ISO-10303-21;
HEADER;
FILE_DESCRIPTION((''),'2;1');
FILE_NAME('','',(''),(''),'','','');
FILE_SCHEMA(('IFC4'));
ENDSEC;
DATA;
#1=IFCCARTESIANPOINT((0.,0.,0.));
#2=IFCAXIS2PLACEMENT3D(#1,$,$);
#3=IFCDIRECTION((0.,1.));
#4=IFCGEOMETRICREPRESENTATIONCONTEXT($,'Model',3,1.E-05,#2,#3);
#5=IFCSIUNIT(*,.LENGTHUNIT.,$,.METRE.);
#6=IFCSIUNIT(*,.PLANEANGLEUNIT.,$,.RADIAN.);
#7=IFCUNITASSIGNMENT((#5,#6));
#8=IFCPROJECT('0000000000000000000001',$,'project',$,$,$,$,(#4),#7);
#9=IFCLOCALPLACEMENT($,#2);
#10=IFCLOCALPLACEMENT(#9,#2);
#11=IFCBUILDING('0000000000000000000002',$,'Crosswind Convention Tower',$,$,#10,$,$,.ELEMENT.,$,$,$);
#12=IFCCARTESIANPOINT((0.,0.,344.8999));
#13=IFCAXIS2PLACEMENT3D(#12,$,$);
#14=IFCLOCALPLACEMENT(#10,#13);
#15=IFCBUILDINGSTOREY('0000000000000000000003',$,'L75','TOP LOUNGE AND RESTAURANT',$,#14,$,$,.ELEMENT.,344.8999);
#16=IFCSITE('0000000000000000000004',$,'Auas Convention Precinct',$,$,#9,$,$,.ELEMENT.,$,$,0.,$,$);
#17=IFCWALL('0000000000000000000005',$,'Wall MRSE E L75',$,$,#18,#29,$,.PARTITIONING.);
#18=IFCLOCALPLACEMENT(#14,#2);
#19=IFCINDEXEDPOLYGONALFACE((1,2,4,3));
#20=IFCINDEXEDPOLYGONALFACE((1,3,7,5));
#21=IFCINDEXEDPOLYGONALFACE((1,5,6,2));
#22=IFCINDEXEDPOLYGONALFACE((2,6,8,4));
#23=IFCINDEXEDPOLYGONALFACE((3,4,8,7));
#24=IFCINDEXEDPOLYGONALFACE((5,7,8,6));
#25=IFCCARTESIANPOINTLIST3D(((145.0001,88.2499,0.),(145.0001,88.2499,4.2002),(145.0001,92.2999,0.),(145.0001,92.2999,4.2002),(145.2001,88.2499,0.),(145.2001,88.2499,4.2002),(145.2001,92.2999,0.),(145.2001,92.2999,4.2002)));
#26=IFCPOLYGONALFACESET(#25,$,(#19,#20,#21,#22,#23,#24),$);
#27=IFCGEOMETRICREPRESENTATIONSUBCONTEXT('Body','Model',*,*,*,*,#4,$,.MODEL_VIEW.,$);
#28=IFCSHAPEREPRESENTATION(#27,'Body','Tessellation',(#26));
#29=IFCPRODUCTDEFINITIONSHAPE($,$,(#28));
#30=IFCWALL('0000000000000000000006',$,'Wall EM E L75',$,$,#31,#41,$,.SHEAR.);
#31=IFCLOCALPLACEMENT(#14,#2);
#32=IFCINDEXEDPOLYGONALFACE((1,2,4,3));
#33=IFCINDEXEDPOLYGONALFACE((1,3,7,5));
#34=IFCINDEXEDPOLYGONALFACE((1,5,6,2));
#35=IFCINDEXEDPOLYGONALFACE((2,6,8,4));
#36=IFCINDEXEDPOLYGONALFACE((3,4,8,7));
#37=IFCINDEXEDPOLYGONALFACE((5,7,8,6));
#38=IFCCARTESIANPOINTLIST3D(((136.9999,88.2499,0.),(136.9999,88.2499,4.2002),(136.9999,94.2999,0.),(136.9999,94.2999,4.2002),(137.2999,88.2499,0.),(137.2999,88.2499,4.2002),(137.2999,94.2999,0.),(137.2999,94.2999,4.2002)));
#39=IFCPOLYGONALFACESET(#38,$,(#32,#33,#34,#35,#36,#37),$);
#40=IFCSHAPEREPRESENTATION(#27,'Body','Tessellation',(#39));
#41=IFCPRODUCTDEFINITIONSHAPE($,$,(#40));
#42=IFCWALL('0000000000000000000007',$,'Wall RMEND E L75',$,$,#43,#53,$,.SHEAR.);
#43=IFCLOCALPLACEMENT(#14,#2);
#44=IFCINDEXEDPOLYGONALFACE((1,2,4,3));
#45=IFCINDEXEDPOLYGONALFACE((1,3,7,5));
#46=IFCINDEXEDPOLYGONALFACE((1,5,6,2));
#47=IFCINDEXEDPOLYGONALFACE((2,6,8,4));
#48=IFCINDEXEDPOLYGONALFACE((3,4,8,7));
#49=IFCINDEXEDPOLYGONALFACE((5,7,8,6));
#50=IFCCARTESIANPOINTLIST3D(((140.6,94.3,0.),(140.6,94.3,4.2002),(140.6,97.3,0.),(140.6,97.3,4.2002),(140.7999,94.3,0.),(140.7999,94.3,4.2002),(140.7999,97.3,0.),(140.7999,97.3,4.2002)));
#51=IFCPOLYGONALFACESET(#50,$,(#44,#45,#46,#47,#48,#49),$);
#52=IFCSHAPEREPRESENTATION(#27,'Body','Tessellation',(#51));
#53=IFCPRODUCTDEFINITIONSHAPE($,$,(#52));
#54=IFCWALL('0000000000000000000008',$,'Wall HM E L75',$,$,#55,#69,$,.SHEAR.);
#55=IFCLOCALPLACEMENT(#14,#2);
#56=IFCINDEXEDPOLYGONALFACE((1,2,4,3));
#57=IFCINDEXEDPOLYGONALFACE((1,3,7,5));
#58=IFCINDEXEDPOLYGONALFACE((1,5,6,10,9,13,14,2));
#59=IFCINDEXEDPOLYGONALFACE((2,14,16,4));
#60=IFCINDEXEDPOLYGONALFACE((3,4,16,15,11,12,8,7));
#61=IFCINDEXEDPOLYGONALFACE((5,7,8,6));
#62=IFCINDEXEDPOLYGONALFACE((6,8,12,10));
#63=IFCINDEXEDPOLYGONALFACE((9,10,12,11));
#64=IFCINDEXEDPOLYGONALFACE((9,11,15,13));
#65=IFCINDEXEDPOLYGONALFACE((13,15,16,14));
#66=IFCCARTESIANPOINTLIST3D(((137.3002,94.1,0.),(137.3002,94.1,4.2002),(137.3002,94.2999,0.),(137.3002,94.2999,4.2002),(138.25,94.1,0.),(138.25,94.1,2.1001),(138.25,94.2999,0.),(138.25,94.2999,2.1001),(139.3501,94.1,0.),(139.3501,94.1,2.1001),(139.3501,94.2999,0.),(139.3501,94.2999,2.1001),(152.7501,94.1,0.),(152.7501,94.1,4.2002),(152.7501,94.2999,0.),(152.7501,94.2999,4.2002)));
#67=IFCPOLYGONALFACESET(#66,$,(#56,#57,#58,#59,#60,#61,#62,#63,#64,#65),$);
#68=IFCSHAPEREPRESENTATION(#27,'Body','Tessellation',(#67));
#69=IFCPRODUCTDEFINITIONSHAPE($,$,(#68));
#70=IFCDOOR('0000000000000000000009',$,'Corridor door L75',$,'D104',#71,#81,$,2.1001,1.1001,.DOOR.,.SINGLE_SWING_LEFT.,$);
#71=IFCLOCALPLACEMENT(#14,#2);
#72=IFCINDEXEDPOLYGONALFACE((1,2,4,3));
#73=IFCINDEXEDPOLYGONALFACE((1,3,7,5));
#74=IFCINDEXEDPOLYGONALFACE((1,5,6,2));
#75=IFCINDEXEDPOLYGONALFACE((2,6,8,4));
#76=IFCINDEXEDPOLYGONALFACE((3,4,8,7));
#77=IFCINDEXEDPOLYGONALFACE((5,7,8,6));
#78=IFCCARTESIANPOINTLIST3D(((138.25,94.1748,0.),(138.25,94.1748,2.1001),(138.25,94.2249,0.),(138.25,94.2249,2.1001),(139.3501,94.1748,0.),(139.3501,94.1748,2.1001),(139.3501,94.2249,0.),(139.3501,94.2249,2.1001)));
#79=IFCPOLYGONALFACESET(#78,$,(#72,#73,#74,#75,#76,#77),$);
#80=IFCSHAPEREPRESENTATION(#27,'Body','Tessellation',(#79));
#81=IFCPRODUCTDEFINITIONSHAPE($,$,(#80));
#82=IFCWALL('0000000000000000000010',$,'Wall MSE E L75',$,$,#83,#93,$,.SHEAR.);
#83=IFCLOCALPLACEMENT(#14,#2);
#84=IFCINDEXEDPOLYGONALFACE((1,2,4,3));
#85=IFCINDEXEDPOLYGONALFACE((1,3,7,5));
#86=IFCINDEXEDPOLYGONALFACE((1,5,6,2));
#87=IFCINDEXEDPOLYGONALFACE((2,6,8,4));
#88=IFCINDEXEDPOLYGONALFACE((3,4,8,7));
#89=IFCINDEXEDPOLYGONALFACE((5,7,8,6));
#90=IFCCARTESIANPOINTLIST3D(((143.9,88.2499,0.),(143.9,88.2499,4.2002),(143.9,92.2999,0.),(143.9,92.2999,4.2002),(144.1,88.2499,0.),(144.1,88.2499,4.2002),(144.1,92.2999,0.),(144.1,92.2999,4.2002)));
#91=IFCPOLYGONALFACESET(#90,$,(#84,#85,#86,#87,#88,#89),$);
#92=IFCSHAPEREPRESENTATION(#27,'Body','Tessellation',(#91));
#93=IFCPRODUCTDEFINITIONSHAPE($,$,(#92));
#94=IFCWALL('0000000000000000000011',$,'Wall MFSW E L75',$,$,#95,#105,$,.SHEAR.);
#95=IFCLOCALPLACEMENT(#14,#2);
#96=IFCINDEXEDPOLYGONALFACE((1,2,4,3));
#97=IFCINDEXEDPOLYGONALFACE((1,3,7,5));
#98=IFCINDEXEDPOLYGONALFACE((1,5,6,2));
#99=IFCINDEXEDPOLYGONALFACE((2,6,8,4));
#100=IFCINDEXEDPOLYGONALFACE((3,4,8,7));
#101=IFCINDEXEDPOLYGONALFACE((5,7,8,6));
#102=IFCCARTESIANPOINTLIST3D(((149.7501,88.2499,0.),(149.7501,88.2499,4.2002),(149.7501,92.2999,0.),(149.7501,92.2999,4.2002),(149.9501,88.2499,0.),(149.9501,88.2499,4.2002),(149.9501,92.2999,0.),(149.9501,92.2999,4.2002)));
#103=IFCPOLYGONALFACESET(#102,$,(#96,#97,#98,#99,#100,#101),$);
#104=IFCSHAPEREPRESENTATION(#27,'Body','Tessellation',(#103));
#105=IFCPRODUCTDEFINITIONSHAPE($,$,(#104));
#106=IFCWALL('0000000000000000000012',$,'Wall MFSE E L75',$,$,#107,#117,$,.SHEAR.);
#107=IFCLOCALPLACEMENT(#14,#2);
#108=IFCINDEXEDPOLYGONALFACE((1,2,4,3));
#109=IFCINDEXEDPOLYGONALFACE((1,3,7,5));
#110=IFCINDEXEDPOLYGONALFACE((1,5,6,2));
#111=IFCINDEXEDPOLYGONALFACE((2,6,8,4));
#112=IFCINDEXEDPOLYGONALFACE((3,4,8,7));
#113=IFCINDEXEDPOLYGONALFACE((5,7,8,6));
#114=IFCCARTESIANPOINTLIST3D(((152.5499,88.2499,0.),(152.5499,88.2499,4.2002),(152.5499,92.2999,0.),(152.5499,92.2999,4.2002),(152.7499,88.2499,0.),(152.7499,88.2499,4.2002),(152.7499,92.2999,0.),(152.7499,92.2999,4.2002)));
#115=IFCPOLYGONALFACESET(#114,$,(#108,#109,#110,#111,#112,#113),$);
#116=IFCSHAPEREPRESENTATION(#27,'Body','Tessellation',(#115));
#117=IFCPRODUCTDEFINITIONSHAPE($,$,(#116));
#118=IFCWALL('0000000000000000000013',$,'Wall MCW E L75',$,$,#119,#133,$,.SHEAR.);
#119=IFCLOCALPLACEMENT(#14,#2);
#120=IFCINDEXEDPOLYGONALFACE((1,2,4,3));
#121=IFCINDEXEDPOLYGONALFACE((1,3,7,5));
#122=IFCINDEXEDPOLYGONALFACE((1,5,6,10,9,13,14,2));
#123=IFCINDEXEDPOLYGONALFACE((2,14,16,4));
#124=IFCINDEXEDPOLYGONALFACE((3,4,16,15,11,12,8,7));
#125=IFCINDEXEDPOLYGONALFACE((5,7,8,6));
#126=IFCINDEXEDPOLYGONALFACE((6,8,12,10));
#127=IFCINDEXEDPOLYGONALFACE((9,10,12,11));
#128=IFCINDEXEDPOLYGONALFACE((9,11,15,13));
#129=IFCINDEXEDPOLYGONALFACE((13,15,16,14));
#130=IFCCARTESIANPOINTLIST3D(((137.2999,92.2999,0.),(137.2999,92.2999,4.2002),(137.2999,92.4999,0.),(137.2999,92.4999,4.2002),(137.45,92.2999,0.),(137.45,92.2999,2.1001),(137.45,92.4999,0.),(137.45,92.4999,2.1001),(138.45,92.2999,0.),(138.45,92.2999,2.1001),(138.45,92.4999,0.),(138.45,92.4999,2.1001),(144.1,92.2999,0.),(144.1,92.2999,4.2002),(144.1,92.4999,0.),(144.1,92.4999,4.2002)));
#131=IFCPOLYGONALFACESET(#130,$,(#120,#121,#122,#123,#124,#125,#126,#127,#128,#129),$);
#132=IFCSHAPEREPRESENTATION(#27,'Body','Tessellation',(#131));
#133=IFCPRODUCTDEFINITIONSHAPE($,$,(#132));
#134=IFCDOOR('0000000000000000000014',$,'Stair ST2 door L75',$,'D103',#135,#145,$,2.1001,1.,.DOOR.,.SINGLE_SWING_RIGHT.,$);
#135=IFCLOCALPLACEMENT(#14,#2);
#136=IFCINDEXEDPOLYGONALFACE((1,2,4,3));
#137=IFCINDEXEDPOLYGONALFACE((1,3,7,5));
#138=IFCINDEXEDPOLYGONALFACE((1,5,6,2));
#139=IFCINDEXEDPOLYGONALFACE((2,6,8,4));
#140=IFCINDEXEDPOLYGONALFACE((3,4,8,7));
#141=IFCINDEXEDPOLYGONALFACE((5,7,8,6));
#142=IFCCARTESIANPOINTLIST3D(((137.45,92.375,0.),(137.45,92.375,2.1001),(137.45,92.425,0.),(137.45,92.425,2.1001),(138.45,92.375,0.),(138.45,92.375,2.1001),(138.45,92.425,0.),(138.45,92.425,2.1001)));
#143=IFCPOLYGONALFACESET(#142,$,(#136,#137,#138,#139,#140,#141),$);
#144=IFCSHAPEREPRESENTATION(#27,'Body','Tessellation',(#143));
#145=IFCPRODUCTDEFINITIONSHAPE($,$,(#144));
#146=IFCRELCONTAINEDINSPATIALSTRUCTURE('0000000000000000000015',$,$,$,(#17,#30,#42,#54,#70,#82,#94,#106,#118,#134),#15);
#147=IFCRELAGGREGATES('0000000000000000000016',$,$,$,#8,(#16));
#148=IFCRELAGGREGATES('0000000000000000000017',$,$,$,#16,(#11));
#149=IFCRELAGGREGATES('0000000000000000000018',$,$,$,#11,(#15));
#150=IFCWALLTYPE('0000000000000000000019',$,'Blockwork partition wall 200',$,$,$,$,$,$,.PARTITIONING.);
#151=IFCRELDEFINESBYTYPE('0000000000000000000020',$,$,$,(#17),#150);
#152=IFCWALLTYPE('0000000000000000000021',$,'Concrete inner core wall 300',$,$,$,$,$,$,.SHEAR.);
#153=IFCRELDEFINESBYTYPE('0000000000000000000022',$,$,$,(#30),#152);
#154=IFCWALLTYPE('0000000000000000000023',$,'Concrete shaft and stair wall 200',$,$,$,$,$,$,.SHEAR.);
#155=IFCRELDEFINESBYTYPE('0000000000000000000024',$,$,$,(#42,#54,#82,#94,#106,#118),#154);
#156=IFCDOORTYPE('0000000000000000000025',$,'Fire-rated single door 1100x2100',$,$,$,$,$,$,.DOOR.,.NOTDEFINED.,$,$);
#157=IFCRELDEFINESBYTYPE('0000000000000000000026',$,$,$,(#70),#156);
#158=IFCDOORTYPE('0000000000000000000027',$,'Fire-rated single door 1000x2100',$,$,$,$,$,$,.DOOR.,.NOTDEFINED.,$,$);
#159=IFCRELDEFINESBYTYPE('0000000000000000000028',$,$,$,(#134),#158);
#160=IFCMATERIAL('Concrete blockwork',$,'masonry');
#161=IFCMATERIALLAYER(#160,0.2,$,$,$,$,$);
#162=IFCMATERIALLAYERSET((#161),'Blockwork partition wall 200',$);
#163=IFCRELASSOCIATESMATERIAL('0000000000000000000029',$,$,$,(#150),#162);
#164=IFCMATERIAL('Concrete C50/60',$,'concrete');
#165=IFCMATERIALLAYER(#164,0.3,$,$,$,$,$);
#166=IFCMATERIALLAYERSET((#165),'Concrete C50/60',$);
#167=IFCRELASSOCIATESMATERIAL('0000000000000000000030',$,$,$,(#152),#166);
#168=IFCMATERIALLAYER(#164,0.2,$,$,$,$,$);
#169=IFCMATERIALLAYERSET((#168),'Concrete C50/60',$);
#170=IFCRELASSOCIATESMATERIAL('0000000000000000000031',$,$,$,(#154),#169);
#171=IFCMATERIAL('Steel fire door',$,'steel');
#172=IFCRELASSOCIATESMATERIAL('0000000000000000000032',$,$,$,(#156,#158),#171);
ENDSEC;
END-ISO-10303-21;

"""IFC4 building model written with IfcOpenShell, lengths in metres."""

from ifc_helpers import new_model, si_unit, direction, frame, frame_2d, origin, place, context, subcontext, project, spatial, rectangle, extrude, material, layer, layer_set, type_object, element, fill, save


model = new_model("IFC4")

# Units and contexts
model_context = context("Model", 3, precision=1e-05, world=origin(), true_north=direction((0.0, 1.0)))
body_context = subcontext(model_context, "Body", "Model", "MODEL_VIEW")
ifc_project = project(units=[si_unit("LENGTHUNIT", "METRE"), si_unit("PLANEANGLEUNIT", "RADIAN")], contexts=[model_context])

# Site, building, storey
site_placement = place(None, origin())
site = spatial("IfcSite", under=ifc_project, at=site_placement, Name="Auas Convention Precinct", CompositionType="ELEMENT", RefElevation=0.0)
building_placement = place(site_placement, origin())
building = spatial("IfcBuilding", under=site, at=building_placement, Name="Crosswind Convention Tower", CompositionType="ELEMENT")
storey_placement = place(building_placement, frame((0.0, 0.0, 344.8999)))
storey = spatial("IfcBuildingStorey", under=building, at=storey_placement, Name="L75", Description="TOP LOUNGE AND RESTAURANT", CompositionType="ELEMENT", Elevation=344.8999)

# Wall
ifc_material_1 = material(Name="Concrete blockwork", Category="masonry")
ifc_layer_1 = layer(ifc_material_1, 0.2)
ifc_layer_set_1 = layer_set([ifc_layer_1], Name="Blockwork partition wall 200")
wall_type_1 = type_object("IfcWallType", Name="Blockwork partition wall 200", PredefinedType="PARTITIONING", material=ifc_layer_set_1)
wall_1_placement = place(storey_placement, frame((145.1001, 88.25, 0.0), z_axis=(0.0, 0.0, 1.0), x_axis=(0.0, 1.0, 0.0)))
element("IfcWall", 1, at=wall_1_placement, inside=storey, type_object=wall_type_1, Name="Wall MRSE E L75", PredefinedType="PARTITIONING", context=body_context, shape_type="SweptSolid", body=[
    extrude(rectangle(XDim=4.05, YDim=0.2, at=frame_2d((2.0249, 0.0))), origin(), (0.0, 0.0, 1.0), 4.2002),
])

# Shared definitions
ifc_material_2 = material(Name="Concrete C50/60", Category="concrete")
ifc_layer_2 = layer(ifc_material_2, 0.3)
ifc_layer_set_2 = layer_set([ifc_layer_2], Name="Concrete C50/60")
wall_type_2 = type_object("IfcWallType", Name="Concrete inner core wall 300", PredefinedType="SHEAR", material=ifc_layer_set_2)

# Walls
wall_2_placement = place(storey_placement, frame((137.1499, 88.25, 0.0), z_axis=(0.0, 0.0, 1.0), x_axis=(0.0, 1.0, 0.0)))
element("IfcWall", 2, at=wall_2_placement, inside=storey, type_object=wall_type_2, Name="Wall EM E L75", PredefinedType="SHEAR", context=body_context, shape_type="SweptSolid", body=[
    extrude(rectangle(XDim=6.05, YDim=0.3, at=frame_2d((3.0249, 0.0))), origin(), (0.0, 0.0, 1.0), 4.2002),
])
ifc_layer_3 = layer(ifc_material_2, 0.2)
ifc_layer_set_3 = layer_set([ifc_layer_3], Name="Concrete C50/60")
wall_type_3 = type_object("IfcWallType", Name="Concrete shaft and stair wall 200", PredefinedType="SHEAR", material=ifc_layer_set_3)
wall_3_placement = place(storey_placement, frame((140.7, 94.3, 0.0), z_axis=(0.0, 0.0, 1.0), x_axis=(0.0, 1.0, 0.0)))
element("IfcWall", 3, at=wall_3_placement, inside=storey, type_object=wall_type_3, Name="Wall RMEND E L75", PredefinedType="SHEAR", context=body_context, shape_type="SweptSolid", body=[
    extrude(rectangle(XDim=3.0, YDim=0.2, at=frame_2d((1.5, 0.0))), origin(), (0.0, 0.0, 1.0), 4.2002),
])

# Wall, opening, door
wall_4_placement = place(storey_placement, frame((137.3, 94.2, 0.0), z_axis=(0.0, 0.0, 1.0), x_axis=(1.0, 0.0, 0.0)))
wall_4 = element("IfcWall", 4, at=wall_4_placement, inside=storey, type_object=wall_type_3, Name="Wall HM E L75", PredefinedType="SHEAR", context=body_context, shape_type="SweptSolid", body=[
    extrude(rectangle(XDim=15.45, YDim=0.2, at=frame_2d((7.7251, 0.0))), origin(), (0.0, 0.0, 1.0), 4.2002),
])
opening_1_placement = place(wall_4_placement, frame((0.95, 0.0, 0.0)))
opening_1 = element("IfcOpeningElement", 5, at=opening_1_placement, cuts=wall_4, PredefinedType="OPENING", context=body_context, shape_type="SweptSolid", body=[
    extrude(rectangle(XDim=1.1001, YDim=2.1001, at=frame_2d((0.55, 1.05))), frame((0.0, 0.1099, 0.0), z_axis=(0.0, -1.0, 0.0), x_axis=(1.0, 0.0, 0.0)), (0.0, 0.0, 1.0), 0.22),
])
ifc_material_3 = material(Name="Steel fire door", Category="steel")
door_type_1 = type_object("IfcDoorType", Name="Fire-rated single door 1100x2100", OperationType="NOTDEFINED", PredefinedType="DOOR", material=ifc_material_3)
door_1_placement = place(opening_1_placement, origin())
door_1 = element("IfcDoor", 6, at=door_1_placement, inside=storey, type_object=door_type_1, Name="Corridor door L75", ObjectType="D104", OperationType="SINGLE_SWING_LEFT", OverallHeight=2.1001, OverallWidth=1.1001, PredefinedType="DOOR", context=body_context, shape_type="SweptSolid", body=[
    extrude(rectangle(XDim=1.1001, YDim=2.1001, at=frame_2d((0.55, 1.05))), frame((0.0, 0.0249, 0.0), z_axis=(0.0, -1.0, 0.0), x_axis=(1.0, 0.0, 0.0)), (0.0, 0.0, 1.0), 0.05),
])
fill(opening_1, door_1)

# Walls
for number, where, z_axis, x_axis, name in (
    (7, (144.0, 88.25, 0.0), (0.0, 0.0, 1.0), (0.0, 1.0, 0.0), "Wall MSE E L75"),
    (8, (149.8501, 88.25, 0.0), (0.0, 0.0, 1.0), (0.0, 1.0, 0.0), "Wall MFSW E L75"),
    (9, (152.6499, 88.25, 0.0), (0.0, 0.0, 1.0), (0.0, 1.0, 0.0), "Wall MFSE E L75"),
):
    element("IfcWall", number, at=place(storey_placement, frame(where, z_axis=z_axis, x_axis=x_axis)), inside=storey, type_object=wall_type_3, Name=name, PredefinedType="SHEAR", context=body_context, shape_type="SweptSolid", body=[
        extrude(rectangle(XDim=4.05, YDim=0.2, at=frame_2d((2.0249, 0.0))), origin(), (0.0, 0.0, 1.0), 4.2002),
    ])

# Wall, opening, door
wall_5_placement = place(storey_placement, frame((137.3, 92.3999, 0.0), z_axis=(0.0, 0.0, 1.0), x_axis=(1.0, 0.0, 0.0)))
wall_5 = element("IfcWall", 10, at=wall_5_placement, inside=storey, type_object=wall_type_3, Name="Wall MCW E L75", PredefinedType="SHEAR", context=body_context, shape_type="SweptSolid", body=[
    extrude(rectangle(XDim=6.8, YDim=0.2, at=frame_2d((3.3999, 0.0))), origin(), (0.0, 0.0, 1.0), 4.2002),
])
opening_2_placement = place(wall_5_placement, frame((0.1499, 0.0, 0.0)))
opening_2 = element("IfcOpeningElement", 11, at=opening_2_placement, cuts=wall_5, PredefinedType="OPENING", context=body_context, shape_type="SweptSolid", body=[
    extrude(rectangle(XDim=1.0, YDim=2.1001, at=frame_2d((0.5, 1.05))), frame((0.0, 0.1099, 0.0), z_axis=(0.0, -1.0, 0.0), x_axis=(1.0, 0.0, 0.0)), (0.0, 0.0, 1.0), 0.22),
])
door_type_2 = type_object("IfcDoorType", Name="Fire-rated single door 1000x2100", OperationType="NOTDEFINED", PredefinedType="DOOR", material=ifc_material_3)
door_2_placement = place(opening_2_placement, frame((1.0, 0.0, 0.0), z_axis=(0.0, 0.0, 1.0), x_axis=(-1.0, 0.0, 0.0)))
door_2 = element("IfcDoor", 12, at=door_2_placement, inside=storey, type_object=door_type_2, Name="Stair ST2 door L75", ObjectType="D103", OperationType="SINGLE_SWING_RIGHT", OverallHeight=2.1001, OverallWidth=1.0, PredefinedType="DOOR", context=body_context, shape_type="SweptSolid", body=[
    extrude(rectangle(XDim=1.0, YDim=2.1001, at=frame_2d((0.5, 1.05))), frame((0.0, 0.0249, 0.0), z_axis=(0.0, -1.0, 0.0), x_axis=(1.0, 0.0, 0.0)), (0.0, 0.0, 1.0), 0.05),
])
fill(opening_2, door_2)

save(model, "model.ifc")
